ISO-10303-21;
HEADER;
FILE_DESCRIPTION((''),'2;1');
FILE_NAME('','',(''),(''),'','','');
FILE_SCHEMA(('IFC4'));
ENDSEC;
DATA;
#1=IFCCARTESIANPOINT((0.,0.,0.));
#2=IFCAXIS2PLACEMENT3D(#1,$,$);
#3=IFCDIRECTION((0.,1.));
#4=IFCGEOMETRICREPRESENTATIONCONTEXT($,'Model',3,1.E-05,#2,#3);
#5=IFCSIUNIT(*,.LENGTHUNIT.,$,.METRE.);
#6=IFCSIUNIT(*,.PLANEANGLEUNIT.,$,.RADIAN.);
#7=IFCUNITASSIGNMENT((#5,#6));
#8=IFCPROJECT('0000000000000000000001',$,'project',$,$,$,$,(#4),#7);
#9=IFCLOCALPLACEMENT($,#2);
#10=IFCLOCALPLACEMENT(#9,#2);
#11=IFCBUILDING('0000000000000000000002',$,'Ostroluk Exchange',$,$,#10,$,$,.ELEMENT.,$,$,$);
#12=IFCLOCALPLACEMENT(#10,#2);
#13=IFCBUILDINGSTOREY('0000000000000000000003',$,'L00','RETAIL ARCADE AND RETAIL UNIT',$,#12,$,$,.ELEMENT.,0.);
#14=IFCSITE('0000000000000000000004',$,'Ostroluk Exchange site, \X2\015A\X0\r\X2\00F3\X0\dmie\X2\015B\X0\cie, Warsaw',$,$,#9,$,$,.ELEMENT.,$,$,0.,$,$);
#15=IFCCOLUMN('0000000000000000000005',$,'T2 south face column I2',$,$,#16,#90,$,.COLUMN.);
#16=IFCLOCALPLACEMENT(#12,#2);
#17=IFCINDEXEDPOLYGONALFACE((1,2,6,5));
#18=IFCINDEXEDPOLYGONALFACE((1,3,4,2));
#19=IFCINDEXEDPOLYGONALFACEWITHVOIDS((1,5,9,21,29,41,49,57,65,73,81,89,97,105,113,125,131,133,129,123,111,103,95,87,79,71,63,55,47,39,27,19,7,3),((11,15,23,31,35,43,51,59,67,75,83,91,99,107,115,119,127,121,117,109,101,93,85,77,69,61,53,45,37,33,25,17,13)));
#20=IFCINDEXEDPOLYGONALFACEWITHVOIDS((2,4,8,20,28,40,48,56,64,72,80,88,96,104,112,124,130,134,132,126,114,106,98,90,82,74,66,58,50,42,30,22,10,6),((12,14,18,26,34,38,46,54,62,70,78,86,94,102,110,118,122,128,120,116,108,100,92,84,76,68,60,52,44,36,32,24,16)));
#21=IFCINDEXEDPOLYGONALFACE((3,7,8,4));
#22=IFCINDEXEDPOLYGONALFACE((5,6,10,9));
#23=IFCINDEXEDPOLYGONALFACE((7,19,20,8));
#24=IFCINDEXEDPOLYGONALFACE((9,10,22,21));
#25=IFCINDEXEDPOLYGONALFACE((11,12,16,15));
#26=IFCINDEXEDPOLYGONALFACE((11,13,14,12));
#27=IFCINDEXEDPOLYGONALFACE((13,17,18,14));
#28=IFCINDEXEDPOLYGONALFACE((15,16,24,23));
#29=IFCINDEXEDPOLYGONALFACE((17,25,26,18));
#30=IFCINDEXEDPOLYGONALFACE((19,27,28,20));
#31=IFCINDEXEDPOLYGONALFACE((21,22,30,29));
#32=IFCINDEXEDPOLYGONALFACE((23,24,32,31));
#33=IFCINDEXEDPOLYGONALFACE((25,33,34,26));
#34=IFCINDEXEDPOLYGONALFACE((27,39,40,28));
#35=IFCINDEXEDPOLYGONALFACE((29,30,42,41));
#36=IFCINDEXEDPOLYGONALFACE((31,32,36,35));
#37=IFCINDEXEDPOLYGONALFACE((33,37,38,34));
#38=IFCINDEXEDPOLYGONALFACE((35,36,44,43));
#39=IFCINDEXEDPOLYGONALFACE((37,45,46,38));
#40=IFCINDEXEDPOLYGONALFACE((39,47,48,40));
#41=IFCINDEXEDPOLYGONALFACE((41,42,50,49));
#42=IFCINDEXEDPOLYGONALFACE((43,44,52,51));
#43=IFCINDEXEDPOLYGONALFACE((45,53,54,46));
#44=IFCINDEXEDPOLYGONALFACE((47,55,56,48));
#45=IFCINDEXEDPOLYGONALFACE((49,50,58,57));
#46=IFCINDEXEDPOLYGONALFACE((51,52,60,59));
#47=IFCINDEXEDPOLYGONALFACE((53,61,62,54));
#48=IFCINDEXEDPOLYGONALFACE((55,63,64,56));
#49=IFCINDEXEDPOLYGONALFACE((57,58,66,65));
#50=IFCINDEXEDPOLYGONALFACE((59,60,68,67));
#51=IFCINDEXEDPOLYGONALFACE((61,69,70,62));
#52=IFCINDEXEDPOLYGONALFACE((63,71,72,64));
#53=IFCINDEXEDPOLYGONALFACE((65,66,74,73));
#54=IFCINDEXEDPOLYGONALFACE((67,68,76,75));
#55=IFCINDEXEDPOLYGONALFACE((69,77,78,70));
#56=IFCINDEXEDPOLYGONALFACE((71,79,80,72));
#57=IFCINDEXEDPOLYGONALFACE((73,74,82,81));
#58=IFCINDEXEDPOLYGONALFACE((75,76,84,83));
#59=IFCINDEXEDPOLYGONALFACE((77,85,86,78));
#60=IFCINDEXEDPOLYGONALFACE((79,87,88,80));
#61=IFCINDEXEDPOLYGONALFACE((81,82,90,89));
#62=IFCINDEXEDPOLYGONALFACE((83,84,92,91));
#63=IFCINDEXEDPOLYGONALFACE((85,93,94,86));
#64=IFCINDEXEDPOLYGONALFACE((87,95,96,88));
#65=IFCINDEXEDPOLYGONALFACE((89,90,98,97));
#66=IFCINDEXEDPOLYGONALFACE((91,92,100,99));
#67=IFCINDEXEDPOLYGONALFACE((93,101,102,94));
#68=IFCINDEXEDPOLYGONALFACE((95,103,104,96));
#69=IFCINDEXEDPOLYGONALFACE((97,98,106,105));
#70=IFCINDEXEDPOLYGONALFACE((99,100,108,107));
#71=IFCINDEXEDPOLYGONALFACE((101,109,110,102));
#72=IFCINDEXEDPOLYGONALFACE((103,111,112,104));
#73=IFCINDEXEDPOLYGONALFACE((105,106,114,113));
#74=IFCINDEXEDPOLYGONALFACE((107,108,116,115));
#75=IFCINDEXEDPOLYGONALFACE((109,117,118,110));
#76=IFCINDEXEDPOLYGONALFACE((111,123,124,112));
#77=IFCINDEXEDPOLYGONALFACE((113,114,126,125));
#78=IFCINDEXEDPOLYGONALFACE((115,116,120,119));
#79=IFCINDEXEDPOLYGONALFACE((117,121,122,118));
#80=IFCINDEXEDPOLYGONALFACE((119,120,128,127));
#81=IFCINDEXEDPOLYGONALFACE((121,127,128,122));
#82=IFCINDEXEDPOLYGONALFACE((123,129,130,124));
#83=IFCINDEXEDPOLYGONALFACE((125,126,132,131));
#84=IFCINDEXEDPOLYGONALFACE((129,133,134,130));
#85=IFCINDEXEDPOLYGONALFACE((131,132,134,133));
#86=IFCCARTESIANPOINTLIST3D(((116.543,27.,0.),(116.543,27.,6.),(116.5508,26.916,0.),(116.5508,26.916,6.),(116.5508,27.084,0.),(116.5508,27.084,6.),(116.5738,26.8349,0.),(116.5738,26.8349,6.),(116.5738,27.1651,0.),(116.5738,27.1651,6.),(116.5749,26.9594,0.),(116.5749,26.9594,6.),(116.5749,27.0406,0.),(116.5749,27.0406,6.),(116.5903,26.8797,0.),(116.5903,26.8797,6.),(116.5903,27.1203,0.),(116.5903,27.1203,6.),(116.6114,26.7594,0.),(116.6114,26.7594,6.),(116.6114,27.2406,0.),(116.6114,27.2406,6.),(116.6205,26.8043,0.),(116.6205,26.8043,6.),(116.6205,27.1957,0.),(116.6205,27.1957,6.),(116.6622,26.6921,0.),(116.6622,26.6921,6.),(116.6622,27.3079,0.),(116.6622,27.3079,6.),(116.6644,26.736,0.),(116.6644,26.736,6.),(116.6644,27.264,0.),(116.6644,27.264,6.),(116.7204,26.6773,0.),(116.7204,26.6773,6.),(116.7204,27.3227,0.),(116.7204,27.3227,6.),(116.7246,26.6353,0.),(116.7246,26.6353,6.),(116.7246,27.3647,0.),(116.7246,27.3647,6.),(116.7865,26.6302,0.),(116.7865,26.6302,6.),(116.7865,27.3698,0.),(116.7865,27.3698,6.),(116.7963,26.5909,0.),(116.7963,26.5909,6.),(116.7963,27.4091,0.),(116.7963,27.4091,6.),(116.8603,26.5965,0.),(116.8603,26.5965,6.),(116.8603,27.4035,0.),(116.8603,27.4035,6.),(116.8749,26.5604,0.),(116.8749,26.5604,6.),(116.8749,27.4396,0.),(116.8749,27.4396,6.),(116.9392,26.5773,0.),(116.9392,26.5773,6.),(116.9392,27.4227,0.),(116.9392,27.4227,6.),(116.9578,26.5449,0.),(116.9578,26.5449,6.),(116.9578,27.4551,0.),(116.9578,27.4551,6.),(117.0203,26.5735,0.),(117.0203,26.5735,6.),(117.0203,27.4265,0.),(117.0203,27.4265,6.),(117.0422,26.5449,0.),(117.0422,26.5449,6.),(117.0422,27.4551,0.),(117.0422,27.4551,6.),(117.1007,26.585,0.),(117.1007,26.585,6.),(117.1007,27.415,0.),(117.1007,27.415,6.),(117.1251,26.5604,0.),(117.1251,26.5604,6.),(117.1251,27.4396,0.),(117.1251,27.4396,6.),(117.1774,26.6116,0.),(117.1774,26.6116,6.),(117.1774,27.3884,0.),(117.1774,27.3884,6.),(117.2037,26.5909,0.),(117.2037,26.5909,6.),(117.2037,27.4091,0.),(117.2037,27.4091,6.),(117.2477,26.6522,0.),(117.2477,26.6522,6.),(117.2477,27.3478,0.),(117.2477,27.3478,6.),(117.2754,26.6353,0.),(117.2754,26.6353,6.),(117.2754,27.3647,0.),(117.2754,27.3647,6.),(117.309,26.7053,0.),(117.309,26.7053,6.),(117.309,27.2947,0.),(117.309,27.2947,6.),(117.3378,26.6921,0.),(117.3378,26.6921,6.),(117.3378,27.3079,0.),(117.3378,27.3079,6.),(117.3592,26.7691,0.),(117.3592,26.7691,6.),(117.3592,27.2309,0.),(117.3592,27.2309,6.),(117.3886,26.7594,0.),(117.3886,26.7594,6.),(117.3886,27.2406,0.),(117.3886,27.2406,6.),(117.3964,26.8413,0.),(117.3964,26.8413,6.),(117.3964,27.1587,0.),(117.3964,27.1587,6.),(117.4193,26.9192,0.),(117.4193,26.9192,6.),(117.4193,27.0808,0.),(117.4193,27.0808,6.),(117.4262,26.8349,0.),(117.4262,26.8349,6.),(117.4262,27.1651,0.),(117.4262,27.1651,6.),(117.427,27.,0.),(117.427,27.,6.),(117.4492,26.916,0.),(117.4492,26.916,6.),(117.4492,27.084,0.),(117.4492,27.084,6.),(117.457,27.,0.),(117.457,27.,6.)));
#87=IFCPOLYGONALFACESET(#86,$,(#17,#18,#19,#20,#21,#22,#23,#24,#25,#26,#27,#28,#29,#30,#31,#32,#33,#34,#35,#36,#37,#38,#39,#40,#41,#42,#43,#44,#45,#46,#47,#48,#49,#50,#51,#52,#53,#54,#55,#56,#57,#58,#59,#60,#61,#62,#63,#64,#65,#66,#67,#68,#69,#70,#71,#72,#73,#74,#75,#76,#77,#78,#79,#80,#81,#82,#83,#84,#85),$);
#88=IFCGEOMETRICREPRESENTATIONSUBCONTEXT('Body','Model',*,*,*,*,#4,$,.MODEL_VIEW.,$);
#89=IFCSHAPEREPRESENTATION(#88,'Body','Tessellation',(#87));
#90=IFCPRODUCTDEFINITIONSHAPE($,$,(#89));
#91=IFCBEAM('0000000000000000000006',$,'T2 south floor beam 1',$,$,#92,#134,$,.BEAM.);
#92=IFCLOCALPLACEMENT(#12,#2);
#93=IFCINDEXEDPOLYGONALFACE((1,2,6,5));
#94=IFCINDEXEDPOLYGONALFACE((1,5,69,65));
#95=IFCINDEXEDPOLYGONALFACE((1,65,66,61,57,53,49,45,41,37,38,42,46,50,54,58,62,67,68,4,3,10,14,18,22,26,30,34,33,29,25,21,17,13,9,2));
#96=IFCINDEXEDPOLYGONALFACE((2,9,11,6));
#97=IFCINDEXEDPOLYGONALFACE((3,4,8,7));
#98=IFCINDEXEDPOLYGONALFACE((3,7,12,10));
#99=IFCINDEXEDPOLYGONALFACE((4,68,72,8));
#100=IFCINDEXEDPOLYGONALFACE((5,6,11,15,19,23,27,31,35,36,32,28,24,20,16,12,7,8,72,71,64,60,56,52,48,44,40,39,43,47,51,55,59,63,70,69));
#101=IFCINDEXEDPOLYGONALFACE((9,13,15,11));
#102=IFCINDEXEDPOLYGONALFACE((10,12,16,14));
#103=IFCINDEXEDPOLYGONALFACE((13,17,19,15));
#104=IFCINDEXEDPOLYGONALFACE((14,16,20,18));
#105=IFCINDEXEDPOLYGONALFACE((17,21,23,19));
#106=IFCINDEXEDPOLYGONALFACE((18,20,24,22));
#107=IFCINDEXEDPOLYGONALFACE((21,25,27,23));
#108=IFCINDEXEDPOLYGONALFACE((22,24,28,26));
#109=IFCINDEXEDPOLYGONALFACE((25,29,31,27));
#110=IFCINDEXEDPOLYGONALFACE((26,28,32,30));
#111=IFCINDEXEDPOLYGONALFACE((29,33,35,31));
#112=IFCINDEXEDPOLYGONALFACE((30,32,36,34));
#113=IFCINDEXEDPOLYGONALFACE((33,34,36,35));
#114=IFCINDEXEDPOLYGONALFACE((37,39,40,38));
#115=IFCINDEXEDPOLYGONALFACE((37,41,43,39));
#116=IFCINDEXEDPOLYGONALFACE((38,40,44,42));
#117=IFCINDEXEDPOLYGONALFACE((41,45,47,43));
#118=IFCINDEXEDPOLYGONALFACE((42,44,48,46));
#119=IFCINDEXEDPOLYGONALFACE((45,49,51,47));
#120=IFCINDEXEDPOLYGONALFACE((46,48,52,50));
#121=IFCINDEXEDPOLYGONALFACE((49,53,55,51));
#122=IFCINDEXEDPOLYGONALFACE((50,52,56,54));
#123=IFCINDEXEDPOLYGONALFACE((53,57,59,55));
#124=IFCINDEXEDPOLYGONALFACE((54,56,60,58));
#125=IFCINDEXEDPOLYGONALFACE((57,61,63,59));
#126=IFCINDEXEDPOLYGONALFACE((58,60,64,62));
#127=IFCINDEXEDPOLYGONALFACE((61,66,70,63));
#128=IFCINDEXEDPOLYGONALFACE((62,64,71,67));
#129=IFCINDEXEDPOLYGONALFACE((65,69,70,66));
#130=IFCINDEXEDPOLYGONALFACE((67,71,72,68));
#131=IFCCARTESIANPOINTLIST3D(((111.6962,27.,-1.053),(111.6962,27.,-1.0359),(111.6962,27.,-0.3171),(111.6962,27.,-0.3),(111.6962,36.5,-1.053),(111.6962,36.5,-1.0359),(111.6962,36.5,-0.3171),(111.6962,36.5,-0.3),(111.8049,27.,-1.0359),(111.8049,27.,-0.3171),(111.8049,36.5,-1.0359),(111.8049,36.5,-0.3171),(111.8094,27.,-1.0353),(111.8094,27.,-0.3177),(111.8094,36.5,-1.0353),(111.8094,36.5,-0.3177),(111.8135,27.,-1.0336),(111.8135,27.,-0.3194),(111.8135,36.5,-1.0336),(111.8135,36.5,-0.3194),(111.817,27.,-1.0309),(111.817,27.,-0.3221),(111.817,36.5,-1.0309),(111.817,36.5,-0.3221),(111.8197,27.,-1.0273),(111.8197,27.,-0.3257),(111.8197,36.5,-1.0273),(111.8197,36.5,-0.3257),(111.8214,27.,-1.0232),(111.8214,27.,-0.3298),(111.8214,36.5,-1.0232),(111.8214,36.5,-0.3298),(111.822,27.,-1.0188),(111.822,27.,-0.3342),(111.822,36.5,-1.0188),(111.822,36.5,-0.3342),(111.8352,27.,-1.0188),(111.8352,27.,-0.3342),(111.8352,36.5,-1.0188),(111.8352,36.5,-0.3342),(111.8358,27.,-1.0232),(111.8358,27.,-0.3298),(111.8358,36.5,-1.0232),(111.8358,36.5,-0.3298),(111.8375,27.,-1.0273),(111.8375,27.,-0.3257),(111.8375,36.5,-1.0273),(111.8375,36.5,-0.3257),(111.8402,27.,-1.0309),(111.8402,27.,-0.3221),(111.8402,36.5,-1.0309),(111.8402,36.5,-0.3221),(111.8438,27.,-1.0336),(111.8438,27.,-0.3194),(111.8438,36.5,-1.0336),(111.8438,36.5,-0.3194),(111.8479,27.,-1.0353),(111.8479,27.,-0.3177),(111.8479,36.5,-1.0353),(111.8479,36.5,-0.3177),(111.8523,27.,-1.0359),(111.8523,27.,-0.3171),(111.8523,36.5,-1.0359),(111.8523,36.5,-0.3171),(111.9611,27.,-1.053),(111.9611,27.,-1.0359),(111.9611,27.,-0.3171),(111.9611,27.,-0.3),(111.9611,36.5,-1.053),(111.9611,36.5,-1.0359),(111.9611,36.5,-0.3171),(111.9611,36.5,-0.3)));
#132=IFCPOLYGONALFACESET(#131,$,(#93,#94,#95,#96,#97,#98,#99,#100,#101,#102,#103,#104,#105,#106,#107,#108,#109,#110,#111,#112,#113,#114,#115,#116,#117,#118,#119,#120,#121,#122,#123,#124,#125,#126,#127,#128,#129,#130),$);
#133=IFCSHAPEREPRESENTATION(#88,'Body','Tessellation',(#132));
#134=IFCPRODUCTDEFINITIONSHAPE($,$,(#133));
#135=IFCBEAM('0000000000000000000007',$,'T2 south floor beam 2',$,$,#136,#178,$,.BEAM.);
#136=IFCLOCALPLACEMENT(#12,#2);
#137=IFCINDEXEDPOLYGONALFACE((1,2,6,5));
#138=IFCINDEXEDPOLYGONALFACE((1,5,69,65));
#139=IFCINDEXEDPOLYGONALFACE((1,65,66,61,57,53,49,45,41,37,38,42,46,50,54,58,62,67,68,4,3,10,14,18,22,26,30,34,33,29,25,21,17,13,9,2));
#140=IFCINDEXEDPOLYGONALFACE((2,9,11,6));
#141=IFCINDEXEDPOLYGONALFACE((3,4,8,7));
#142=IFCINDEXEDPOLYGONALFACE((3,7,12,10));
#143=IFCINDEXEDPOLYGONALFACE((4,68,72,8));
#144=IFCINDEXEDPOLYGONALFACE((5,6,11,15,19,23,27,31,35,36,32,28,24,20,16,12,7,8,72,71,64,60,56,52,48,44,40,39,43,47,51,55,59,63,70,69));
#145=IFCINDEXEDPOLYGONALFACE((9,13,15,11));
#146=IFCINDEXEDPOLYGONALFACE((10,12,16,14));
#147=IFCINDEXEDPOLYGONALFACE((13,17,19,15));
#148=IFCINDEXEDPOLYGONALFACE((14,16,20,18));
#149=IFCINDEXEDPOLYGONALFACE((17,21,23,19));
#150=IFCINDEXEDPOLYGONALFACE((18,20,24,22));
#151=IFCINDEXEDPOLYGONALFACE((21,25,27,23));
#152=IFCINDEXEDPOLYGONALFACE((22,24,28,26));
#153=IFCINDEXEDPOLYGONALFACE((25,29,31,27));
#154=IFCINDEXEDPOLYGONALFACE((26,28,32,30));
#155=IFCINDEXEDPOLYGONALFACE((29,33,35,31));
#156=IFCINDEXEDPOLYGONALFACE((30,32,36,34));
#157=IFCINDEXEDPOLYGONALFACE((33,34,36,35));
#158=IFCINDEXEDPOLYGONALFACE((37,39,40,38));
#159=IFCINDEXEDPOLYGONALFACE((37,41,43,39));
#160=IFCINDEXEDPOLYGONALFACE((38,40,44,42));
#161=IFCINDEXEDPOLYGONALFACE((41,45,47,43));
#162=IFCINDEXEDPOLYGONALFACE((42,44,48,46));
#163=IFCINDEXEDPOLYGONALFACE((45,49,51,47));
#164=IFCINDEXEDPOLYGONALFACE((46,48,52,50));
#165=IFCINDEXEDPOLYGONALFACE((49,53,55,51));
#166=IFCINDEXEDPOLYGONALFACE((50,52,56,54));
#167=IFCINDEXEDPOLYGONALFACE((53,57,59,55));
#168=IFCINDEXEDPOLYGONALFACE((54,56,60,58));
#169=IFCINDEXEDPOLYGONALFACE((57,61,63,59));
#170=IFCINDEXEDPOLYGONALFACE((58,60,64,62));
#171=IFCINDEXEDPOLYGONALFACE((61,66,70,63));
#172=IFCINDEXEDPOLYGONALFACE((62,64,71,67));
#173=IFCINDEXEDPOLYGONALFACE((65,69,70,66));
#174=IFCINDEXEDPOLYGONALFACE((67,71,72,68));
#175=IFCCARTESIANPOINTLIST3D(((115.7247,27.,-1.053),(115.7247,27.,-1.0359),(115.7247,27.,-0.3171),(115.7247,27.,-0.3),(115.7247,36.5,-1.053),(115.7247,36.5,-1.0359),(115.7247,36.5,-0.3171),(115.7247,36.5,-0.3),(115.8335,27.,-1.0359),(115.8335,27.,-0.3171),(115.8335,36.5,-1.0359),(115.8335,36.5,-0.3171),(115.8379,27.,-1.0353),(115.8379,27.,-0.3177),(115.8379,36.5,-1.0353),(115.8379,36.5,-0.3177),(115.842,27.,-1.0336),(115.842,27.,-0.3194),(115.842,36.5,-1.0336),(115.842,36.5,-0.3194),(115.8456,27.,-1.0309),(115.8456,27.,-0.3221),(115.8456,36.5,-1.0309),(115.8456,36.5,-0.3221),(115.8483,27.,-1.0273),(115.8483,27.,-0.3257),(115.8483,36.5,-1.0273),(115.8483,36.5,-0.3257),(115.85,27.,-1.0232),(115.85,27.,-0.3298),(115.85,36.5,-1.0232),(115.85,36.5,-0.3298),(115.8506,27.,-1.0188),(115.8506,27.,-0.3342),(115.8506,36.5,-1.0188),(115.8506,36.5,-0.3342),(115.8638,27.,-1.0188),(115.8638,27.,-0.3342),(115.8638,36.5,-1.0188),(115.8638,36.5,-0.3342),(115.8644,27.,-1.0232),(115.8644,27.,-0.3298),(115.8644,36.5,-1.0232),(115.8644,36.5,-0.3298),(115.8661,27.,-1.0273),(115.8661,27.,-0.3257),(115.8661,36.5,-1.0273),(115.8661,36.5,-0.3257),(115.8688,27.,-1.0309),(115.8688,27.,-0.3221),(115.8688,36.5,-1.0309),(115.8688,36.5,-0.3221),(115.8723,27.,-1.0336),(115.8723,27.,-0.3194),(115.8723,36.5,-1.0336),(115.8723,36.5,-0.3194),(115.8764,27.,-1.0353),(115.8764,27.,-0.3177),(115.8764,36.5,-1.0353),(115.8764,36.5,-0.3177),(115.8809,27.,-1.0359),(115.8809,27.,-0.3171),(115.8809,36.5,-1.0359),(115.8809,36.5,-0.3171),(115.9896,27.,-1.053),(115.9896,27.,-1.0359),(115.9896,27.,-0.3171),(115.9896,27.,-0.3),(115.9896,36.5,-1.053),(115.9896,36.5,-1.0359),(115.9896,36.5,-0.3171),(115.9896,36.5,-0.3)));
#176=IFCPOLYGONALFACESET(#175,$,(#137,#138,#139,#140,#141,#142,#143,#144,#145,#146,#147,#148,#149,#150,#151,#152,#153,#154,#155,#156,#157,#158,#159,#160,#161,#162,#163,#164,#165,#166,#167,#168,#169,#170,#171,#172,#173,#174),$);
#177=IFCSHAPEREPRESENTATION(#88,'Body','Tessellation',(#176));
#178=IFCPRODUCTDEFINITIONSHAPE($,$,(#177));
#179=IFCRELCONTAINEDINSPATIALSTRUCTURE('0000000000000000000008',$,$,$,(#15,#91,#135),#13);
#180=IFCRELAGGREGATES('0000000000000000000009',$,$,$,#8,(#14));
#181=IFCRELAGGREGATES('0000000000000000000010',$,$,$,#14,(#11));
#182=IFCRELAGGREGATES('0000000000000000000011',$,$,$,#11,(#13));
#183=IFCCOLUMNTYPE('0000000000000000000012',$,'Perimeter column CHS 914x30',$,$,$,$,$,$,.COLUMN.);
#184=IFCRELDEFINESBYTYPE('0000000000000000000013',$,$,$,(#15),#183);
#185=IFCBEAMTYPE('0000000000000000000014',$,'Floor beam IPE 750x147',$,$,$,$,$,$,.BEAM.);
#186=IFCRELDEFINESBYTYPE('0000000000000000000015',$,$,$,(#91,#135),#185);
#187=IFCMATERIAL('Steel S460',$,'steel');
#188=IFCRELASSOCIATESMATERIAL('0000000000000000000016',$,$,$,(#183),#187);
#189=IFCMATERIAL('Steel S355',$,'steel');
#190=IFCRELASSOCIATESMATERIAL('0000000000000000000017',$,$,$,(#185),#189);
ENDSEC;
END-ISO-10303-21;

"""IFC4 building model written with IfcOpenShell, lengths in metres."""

from ifc_helpers import new_model, si_unit, direction, frame, origin, origin_2d, place, context, subcontext, project, spatial, hollow_circle, i_section, extrude, material, material_profile, profile_set, type_object, element, save


model = new_model("IFC4")

# Units and contexts
model_context = context("Model", 3, precision=1e-05, world=origin(), true_north=direction((0.0, 1.0)))
body_context = subcontext(model_context, "Body", "Model", "MODEL_VIEW")
ifc_project = project(units=[si_unit("LENGTHUNIT", "METRE"), si_unit("PLANEANGLEUNIT", "RADIAN")], contexts=[model_context])

# Site, building, storey
site_placement = place(None, origin())
site = spatial("IfcSite", under=ifc_project, at=site_placement, Name="Ostroluk Exchange site, Śródmieście, Warsaw", CompositionType="ELEMENT", RefElevation=0.0)
building_placement = place(site_placement, origin())
building = spatial("IfcBuilding", under=site, at=building_placement, Name="Ostroluk Exchange", CompositionType="ELEMENT")
storey_placement = place(building_placement, origin())
storey = spatial("IfcBuildingStorey", under=building, at=storey_placement, Name="L00", Description="RETAIL ARCADE AND RETAIL UNIT", CompositionType="ELEMENT", Elevation=0.0)

# Column
ifc_material_1 = material(Name="Steel S460", Category="steel")
ifc_material_profile_1 = material_profile(ifc_material_1, hollow_circle(Radius=0.457, WallThickness=0.03, at=origin_2d()), Name="CHS 914x30")
ifc_profile_set_1 = profile_set([ifc_material_profile_1], Name="Steel S460")
column_type = type_object("IfcColumnType", Name="Perimeter column CHS 914x30", PredefinedType="COLUMN", material=ifc_profile_set_1)
column_placement = place(storey_placement, frame((117.0, 27.0, 0.0), z_axis=(0.0, 0.0, 1.0), x_axis=(1.0, 0.0, 0.0)))
element("IfcColumn", 1, at=column_placement, inside=storey, type_object=column_type, Name="T2 south face column I2", PredefinedType="COLUMN", context=body_context, shape_type="SweptSolid", body=[
    extrude(hollow_circle(Radius=0.457, WallThickness=0.03, at=origin_2d()), origin(), (0.0, 0.0, 1.0), 6.0),
])

# Beams
ifc_material_2 = material(Name="Steel S355", Category="steel")
ifc_material_profile_2 = material_profile(ifc_material_2, i_section(OverallWidth=0.2649, OverallDepth=0.7529, WebThickness=0.0132, FlangeThickness=0.0171, FilletRadius=0.0171, at=origin_2d()), Name="IPE 750x147")
ifc_profile_set_2 = profile_set([ifc_material_profile_2], Name="Steel S355")
beam_type_1 = type_object("IfcBeamType", Name="Floor beam IPE 750x147", PredefinedType="BEAM", material=ifc_profile_set_2)
for number, where, z_axis, x_axis, name in (
    (2, (111.8286, 36.5, -0.6765), (0.0, -1.0, 0.0), (1.0, 0.0, 0.0), "T2 south floor beam 1"),
    (3, (115.8572, 36.5, -0.6765), (0.0, -1.0, 0.0), (1.0, 0.0, 0.0), "T2 south floor beam 2"),
):
    element("IfcBeam", number, at=place(storey_placement, frame(where, z_axis=z_axis, x_axis=x_axis)), inside=storey, type_object=beam_type_1, Name=name, PredefinedType="BEAM", context=body_context, shape_type="SweptSolid", body=[
        extrude(i_section(OverallWidth=0.2649, OverallDepth=0.7529, WebThickness=0.0132, FlangeThickness=0.0171, FilletRadius=0.0171, at=origin_2d()), origin(), (0.0, 0.0, 1.0), 9.5),
    ])

save(model, "model.ifc")
